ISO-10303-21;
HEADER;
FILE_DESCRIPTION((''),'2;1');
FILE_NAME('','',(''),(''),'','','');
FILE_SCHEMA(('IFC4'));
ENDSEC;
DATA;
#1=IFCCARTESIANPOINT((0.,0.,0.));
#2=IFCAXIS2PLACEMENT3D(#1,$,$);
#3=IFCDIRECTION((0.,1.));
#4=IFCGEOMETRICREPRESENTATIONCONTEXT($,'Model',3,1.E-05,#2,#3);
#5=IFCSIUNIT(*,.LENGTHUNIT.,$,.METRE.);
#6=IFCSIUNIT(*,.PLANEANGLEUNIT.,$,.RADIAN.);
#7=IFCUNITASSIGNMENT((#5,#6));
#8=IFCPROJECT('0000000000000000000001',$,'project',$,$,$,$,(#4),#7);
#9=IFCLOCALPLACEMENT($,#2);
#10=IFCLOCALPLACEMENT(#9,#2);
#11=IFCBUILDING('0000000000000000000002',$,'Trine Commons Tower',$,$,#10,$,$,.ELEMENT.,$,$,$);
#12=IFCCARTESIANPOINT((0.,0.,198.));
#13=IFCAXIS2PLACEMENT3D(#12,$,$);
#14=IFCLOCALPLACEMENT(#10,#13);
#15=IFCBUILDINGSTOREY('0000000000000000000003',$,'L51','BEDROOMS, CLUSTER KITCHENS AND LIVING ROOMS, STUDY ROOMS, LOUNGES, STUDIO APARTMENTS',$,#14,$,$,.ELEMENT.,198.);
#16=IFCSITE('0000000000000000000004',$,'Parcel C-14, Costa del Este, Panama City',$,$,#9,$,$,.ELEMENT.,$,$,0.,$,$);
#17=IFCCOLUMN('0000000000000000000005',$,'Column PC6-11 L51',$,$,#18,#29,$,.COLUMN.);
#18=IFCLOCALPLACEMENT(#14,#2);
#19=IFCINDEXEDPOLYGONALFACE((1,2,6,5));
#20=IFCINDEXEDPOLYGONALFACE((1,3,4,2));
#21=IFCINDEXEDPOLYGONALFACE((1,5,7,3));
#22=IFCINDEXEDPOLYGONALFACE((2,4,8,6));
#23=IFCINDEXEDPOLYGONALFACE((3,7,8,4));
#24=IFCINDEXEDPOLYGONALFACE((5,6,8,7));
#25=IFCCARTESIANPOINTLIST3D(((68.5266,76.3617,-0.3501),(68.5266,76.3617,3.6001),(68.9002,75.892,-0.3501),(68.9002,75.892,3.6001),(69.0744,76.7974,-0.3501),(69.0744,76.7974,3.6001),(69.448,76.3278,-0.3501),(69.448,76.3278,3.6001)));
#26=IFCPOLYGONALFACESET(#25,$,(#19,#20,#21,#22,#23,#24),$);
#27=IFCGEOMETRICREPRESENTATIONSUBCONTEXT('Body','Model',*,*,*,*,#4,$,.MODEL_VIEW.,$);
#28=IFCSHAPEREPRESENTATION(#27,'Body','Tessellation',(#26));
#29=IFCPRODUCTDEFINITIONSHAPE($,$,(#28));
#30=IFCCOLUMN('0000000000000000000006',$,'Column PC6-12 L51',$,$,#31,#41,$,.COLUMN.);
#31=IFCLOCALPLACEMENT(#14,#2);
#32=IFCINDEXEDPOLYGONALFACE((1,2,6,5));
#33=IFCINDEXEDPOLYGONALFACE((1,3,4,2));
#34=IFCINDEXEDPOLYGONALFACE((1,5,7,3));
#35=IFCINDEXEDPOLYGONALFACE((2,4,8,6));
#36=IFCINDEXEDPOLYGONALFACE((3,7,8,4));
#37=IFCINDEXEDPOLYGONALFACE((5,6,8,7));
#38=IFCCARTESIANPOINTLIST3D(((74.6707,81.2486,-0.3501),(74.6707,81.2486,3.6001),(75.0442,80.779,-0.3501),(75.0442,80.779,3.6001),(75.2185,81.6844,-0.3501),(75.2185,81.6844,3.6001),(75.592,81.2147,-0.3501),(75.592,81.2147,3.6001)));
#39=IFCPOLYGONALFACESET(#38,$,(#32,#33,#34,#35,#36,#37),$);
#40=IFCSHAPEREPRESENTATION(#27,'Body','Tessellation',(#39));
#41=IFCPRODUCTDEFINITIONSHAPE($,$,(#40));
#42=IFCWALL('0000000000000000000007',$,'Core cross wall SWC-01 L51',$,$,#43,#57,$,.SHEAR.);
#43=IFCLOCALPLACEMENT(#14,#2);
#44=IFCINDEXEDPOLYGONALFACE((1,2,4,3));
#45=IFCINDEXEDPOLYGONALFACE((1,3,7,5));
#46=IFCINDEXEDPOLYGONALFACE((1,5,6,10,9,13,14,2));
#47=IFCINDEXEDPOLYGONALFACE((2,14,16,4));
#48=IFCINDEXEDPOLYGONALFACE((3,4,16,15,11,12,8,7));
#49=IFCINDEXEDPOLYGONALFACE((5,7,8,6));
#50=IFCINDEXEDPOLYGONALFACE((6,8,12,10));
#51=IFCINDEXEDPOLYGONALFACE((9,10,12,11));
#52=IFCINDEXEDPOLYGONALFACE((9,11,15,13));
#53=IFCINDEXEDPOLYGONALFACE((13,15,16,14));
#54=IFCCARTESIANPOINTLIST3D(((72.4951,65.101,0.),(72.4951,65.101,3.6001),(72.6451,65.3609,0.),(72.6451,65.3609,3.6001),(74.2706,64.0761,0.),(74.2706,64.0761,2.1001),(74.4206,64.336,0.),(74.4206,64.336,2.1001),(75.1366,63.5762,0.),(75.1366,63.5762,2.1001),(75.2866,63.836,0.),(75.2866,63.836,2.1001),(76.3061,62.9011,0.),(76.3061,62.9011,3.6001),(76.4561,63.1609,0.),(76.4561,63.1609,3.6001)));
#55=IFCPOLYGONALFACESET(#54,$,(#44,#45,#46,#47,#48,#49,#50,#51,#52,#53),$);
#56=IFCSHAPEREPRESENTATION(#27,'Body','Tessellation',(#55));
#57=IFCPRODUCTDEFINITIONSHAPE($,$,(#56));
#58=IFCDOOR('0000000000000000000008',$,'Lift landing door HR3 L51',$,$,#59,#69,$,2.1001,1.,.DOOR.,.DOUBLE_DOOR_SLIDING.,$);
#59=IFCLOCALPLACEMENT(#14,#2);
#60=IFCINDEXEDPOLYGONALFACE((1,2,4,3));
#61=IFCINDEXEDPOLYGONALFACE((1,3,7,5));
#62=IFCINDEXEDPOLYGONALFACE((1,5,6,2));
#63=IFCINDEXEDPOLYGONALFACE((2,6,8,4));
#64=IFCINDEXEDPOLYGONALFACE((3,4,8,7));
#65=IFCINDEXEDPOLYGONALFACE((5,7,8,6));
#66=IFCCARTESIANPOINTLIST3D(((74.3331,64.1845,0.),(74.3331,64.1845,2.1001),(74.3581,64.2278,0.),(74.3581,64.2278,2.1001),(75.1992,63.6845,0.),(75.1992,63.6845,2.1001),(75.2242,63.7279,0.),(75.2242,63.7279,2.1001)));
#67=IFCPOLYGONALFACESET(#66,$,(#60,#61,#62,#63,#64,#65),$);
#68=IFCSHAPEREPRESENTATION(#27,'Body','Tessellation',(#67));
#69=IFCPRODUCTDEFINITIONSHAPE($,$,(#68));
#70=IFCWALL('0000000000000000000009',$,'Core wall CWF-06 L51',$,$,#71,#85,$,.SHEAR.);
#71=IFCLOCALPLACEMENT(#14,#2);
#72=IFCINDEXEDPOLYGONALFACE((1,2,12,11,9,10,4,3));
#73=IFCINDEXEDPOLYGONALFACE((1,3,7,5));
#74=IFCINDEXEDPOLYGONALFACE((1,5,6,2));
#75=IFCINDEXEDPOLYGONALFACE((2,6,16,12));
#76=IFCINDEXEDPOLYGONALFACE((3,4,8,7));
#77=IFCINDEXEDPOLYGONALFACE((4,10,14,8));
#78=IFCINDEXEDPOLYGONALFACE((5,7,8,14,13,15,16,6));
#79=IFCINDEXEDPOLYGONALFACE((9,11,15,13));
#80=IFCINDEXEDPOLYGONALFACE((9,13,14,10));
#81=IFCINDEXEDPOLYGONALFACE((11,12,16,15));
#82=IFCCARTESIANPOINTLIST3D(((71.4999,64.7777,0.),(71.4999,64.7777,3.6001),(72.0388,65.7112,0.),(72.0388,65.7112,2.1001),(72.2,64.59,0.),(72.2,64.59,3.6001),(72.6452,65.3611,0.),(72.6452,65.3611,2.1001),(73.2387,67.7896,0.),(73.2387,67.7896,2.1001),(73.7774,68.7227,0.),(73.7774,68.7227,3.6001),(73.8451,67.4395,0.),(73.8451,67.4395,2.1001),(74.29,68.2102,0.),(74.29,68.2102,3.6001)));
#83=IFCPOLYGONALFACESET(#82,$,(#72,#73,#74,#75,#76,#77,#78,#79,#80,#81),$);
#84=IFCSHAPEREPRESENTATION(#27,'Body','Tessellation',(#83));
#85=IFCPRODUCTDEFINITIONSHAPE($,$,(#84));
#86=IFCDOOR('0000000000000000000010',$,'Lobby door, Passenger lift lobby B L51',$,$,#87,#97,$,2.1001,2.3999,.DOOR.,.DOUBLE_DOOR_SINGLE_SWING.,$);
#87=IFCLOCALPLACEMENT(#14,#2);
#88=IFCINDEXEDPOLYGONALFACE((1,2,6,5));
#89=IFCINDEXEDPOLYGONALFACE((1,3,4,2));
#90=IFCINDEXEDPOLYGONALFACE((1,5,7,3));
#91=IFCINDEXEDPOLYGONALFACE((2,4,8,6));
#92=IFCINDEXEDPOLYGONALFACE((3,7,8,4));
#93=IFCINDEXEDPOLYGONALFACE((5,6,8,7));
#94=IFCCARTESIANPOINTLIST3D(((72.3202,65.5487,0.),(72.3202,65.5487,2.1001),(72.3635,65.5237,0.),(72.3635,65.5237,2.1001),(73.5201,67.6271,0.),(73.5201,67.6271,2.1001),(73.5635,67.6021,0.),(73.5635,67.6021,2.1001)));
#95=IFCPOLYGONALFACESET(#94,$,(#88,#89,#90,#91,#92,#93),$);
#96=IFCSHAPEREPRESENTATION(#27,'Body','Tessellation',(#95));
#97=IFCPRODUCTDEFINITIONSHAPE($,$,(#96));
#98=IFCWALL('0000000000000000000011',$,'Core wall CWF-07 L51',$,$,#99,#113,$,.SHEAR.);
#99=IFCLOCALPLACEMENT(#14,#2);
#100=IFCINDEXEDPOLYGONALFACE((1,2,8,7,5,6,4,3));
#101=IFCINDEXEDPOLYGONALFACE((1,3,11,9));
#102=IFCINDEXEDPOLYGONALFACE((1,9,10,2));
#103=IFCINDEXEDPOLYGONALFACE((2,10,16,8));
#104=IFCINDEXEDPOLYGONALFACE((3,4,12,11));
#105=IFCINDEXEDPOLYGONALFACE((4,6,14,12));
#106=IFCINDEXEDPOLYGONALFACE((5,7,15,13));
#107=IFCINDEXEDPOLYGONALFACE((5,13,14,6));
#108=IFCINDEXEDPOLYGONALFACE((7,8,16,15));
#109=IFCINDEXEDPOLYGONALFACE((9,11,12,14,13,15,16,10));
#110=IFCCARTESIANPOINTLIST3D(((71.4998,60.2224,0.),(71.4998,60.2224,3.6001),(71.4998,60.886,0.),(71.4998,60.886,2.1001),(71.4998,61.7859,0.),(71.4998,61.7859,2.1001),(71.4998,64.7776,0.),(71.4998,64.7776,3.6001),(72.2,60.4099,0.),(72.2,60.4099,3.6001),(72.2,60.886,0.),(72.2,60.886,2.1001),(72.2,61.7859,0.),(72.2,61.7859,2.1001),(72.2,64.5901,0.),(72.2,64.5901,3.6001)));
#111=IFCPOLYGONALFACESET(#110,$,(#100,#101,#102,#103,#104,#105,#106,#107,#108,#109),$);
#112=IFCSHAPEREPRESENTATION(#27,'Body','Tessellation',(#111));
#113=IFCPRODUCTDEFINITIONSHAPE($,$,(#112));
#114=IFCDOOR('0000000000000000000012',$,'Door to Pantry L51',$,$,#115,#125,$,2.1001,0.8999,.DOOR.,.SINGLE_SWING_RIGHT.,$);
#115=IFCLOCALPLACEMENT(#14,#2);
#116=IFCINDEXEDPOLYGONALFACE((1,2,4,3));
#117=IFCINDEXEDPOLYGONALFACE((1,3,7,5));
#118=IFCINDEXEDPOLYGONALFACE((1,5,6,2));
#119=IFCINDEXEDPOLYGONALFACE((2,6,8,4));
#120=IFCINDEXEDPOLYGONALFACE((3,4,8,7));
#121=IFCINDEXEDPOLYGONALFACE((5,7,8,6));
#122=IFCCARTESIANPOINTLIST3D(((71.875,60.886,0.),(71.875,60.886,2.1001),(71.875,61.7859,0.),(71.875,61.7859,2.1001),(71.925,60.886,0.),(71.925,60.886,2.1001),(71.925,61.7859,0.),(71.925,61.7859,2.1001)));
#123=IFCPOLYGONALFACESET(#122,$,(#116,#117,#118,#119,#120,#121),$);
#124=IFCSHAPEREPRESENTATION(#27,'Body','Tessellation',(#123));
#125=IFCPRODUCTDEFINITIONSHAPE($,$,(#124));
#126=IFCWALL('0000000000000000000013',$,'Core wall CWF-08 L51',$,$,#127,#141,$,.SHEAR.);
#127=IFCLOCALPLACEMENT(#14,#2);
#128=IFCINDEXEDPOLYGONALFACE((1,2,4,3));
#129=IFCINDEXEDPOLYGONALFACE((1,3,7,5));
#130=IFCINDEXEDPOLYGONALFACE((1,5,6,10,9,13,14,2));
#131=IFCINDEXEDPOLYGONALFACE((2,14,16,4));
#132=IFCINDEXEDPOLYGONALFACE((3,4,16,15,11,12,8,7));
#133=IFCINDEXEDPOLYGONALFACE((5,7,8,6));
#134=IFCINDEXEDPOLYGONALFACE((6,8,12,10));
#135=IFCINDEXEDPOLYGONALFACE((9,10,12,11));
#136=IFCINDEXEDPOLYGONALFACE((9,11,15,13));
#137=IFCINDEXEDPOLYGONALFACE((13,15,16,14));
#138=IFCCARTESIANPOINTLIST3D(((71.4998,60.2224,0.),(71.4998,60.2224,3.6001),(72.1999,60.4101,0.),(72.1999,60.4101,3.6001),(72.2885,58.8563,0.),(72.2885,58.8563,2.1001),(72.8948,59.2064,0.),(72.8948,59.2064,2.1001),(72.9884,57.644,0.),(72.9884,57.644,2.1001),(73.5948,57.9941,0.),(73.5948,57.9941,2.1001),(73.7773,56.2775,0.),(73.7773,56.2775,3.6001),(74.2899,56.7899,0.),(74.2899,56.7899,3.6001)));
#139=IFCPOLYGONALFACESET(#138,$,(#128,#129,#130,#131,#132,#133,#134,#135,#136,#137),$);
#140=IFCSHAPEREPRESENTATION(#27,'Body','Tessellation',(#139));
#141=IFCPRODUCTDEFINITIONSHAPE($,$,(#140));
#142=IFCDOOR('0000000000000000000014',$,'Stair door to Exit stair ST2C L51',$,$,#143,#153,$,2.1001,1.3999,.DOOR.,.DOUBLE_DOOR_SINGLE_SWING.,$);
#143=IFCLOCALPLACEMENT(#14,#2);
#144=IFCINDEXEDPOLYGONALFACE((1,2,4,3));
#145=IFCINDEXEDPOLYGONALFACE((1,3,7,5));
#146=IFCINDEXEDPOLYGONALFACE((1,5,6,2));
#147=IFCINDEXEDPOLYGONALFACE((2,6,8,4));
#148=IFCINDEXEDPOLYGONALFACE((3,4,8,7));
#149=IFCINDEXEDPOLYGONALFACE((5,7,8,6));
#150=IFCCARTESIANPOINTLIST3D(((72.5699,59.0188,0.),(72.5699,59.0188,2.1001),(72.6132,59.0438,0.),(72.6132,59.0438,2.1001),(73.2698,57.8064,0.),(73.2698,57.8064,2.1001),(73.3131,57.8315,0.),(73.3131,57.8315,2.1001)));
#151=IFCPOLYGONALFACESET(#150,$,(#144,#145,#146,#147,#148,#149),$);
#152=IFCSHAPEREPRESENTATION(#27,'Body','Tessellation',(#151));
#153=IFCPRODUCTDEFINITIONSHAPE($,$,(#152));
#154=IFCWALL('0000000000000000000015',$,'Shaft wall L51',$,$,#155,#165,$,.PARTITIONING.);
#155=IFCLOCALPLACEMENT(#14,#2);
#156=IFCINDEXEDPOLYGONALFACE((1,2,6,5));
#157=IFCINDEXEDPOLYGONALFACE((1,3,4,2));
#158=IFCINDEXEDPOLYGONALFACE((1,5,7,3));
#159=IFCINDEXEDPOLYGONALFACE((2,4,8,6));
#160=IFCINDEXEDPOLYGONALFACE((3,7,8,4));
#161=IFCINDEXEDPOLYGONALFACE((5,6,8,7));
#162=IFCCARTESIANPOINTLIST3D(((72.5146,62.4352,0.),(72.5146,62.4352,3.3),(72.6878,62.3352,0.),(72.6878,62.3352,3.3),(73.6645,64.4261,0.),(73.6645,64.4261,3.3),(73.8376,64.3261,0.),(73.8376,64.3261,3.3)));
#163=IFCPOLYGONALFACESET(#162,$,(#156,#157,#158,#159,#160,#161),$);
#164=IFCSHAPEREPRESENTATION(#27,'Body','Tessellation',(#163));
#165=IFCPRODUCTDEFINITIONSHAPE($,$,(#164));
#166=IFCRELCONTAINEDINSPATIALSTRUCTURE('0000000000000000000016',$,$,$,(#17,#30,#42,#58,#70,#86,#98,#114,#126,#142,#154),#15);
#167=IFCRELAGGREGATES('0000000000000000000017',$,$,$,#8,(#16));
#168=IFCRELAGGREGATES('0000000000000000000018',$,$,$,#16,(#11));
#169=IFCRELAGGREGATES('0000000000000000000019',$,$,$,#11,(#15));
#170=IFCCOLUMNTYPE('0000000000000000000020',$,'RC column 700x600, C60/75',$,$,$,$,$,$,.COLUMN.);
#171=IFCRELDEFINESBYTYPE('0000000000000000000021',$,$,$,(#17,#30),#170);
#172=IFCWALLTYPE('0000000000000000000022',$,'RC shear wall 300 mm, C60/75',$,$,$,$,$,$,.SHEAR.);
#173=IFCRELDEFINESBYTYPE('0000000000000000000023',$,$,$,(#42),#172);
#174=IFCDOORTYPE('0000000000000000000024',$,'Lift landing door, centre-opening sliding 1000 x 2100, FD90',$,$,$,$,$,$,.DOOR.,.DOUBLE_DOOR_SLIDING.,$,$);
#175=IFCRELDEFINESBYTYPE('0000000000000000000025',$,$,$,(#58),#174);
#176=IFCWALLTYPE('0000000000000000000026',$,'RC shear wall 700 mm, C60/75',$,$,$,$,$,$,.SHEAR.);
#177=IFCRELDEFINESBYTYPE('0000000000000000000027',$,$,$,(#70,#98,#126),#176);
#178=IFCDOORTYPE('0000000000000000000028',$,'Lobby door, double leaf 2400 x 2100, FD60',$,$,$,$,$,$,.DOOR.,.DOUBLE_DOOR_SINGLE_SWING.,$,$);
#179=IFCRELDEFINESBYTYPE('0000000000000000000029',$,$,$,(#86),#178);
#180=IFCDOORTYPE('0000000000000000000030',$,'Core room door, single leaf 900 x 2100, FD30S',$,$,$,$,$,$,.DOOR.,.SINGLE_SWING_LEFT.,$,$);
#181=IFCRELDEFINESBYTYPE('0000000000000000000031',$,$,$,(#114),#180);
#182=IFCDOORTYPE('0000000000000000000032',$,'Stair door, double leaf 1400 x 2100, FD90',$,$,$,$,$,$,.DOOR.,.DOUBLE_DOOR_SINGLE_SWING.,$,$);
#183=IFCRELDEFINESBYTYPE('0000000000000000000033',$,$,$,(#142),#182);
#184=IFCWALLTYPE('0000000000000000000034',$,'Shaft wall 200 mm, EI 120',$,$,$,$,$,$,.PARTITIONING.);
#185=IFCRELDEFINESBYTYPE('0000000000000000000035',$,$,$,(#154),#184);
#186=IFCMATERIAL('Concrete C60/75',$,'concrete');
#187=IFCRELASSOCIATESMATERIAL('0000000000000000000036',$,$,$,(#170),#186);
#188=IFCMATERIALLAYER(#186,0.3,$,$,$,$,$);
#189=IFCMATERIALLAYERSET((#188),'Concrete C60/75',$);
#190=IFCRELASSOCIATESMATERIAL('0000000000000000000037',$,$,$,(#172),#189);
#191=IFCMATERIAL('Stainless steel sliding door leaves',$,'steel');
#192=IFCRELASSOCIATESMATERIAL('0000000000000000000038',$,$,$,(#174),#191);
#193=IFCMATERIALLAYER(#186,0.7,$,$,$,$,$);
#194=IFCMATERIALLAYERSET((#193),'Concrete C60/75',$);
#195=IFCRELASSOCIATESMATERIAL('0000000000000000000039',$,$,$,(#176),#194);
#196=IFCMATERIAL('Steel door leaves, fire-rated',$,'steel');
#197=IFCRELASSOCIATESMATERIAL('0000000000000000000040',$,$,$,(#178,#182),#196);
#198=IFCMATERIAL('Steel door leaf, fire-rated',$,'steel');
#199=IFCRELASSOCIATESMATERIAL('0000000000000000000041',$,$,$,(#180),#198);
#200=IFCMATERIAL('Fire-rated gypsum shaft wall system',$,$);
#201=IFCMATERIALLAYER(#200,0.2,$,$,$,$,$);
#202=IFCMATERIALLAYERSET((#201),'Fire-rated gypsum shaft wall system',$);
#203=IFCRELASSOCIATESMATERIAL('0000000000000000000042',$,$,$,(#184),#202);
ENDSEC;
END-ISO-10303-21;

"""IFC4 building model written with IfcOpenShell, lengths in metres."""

from ifc_helpers import new_model, si_unit, direction, frame, frame_2d, origin, origin_2d, place, context, subcontext, project, spatial, polyline, rectangle, outline, extrude, material, layer, layer_set, material_profile, profile_set, type_object, element, fill, save


model = new_model("IFC4")

# Units and contexts
model_context = context("Model", 3, precision=1e-05, world=origin(), true_north=direction((0.0, 1.0)))
body_context = subcontext(model_context, "Body", "Model", "MODEL_VIEW")
ifc_project = project(units=[si_unit("LENGTHUNIT", "METRE"), si_unit("PLANEANGLEUNIT", "RADIAN")], contexts=[model_context])

# Site, building, storey
site_placement = place(None, origin())
site = spatial("IfcSite", under=ifc_project, at=site_placement, Name="Parcel C-14, Costa del Este, Panama City", CompositionType="ELEMENT", RefElevation=0.0)
building_placement = place(site_placement, origin())
building = spatial("IfcBuilding", under=site, at=building_placement, Name="Trine Commons Tower", CompositionType="ELEMENT")
storey_placement = place(building_placement, frame((0.0, 0.0, 198.0)))
storey = spatial("IfcBuildingStorey", under=building, at=storey_placement, Name="L51", Description="BEDROOMS, CLUSTER KITCHENS AND LIVING ROOMS, STUDY ROOMS, LOUNGES, STUDIO APARTMENTS", CompositionType="ELEMENT", Elevation=198.0)

# Columns
ifc_material_1 = material(Name="Concrete C60/75", Category="concrete")
ifc_material_profile = material_profile(ifc_material_1, rectangle(XDim=0.7, YDim=0.6001, at=origin_2d()), Name="RC 700x600")
ifc_profile_set = profile_set([ifc_material_profile], Name="Concrete C60/75")
column_type = type_object("IfcColumnType", Name="RC column 700x600, C60/75", PredefinedType="COLUMN", material=ifc_profile_set)
for number, where, z_axis, x_axis, name in (
    (1, (68.9873, 76.3447, -0.3501), (0.0, 0.0, 1.0), (0.782608, 0.622515, 0.0), "Column PC6-11 L51"),
    (2, (75.1313, 81.2317, -0.3501), (0.0, 0.0, 1.0), (0.782608, 0.622515, 0.0), "Column PC6-12 L51"),
):
    element("IfcColumn", number, at=place(storey_placement, frame(where, z_axis=z_axis, x_axis=x_axis)), inside=storey, type_object=column_type, Name=name, PredefinedType="COLUMN", context=body_context, shape_type="SweptSolid", body=[
        extrude(rectangle(XDim=0.7, YDim=0.6001, at=origin_2d()), origin(), (0.0, 0.0, 1.0), 3.9502),
    ])

# Walls, openings, doors
ifc_layer_1 = layer(ifc_material_1, 0.3)
ifc_layer_set_1 = layer_set([ifc_layer_1], Name="Concrete C60/75")
wall_type_1 = type_object("IfcWallType", Name="RC shear wall 300 mm, C60/75", PredefinedType="SHEAR", material=ifc_layer_set_1)
wall_1_placement = place(storey_placement, frame((76.3811, 63.031, 0.0), z_axis=(0.0, 0.0, 1.0), x_axis=(-0.86606, 0.49994, 0.0)))
wall_1 = element("IfcWall", 3, at=wall_1_placement, inside=storey, type_object=wall_type_1, Name="Core cross wall SWC-01 L51", PredefinedType="SHEAR", context=body_context, shape_type="SweptSolid", body=[
    extrude(rectangle(XDim=4.4004, YDim=0.3, at=frame_2d((2.2002, 0.0))), origin(), (0.0, 0.0, 1.0), 3.6001),
])
opening_1_placement = place(wall_1_placement, frame((1.3503, 0.0, 0.0)))
opening_1 = element("IfcOpeningElement", 4, at=opening_1_placement, cuts=wall_1, PredefinedType="OPENING", context=body_context, shape_type="SweptSolid", body=[
    extrude(rectangle(XDim=1.0, YDim=2.1001, at=frame_2d((0.5, 1.05))), frame((0.0, 0.1599, 0.0), z_axis=(0.0, -1.0, 0.0), x_axis=(1.0, 0.0, 0.0)), (0.0, 0.0, 1.0), 0.3201),
])
ifc_material_2 = material(Name="Stainless steel sliding door leaves", Category="steel")
door_type_1 = type_object("IfcDoorType", Name="Lift landing door, centre-opening sliding 1000 x 2100, FD90", OperationType="DOUBLE_DOOR_SLIDING", PredefinedType="DOOR", material=ifc_material_2)
door_1_placement = place(opening_1_placement, origin())
door_1 = element("IfcDoor", 5, at=door_1_placement, inside=storey, type_object=door_type_1, Name="Lift landing door HR3 L51", OperationType="DOUBLE_DOOR_SLIDING", OverallHeight=2.1001, OverallWidth=1.0, PredefinedType="DOOR", context=body_context, shape_type="SweptSolid", body=[
    extrude(rectangle(XDim=1.0, YDim=2.1001, at=frame_2d((0.5, 1.05))), frame((0.0, 0.0249, 0.0), z_axis=(0.0, -1.0, 0.0), x_axis=(1.0, 0.0, 0.0)), (0.0, 0.0, 1.0), 0.05),
])
fill(opening_1, door_1)
ifc_layer_2 = layer(ifc_material_1, 0.7)
ifc_layer_set_2 = layer_set([ifc_layer_2], Name="Concrete C60/75")
wall_type_2 = type_object("IfcWallType", Name="RC shear wall 700 mm, C60/75", PredefinedType="SHEAR", material=ifc_layer_set_2)
wall_2_placement = place(storey_placement, frame((74.0806, 68.5476, 0.0), z_axis=(0.0, 0.0, 1.0), x_axis=(-0.499984, -0.866035, 0.0)))
wall_2 = element("IfcWall", 6, at=wall_2_placement, inside=storey, type_object=wall_type_2, Name="Core wall CWF-06 L51", PredefinedType="SHEAR", context=body_context, shape_type="SweptSolid", body=[
    extrude(outline(polyline([(0.0, -0.3501), (4.5552, -0.3501), (4.3677, 0.3501), (0.1875, 0.3501), (0.0, -0.3501)])), origin(), (0.0, 0.0, 1.0), 3.6001),
])
opening_2_placement = place(wall_2_placement, frame((1.0774, 0.0, 0.0)))
opening_2 = element("IfcOpeningElement", 7, at=opening_2_placement, cuts=wall_2, PredefinedType="OPENING", context=body_context, shape_type="SweptSolid", body=[
    extrude(rectangle(XDim=2.3999, YDim=2.1001, at=frame_2d((1.2, 1.05))), frame((0.0, 0.3599, 0.0), z_axis=(0.0, -1.0, 0.0), x_axis=(1.0, 0.0, 0.0)), (0.0, 0.0, 1.0), 0.72),
])
ifc_material_3 = material(Name="Steel door leaves, fire-rated", Category="steel")
door_type_2 = type_object("IfcDoorType", Name="Lobby door, double leaf 2400 x 2100, FD60", OperationType="DOUBLE_DOOR_SINGLE_SWING", PredefinedType="DOOR", material=ifc_material_3)
door_2_placement = place(opening_2_placement, origin())
door_2 = element("IfcDoor", 8, at=door_2_placement, inside=storey, type_object=door_type_2, Name="Lobby door, Passenger lift lobby B L51", OperationType="DOUBLE_DOOR_SINGLE_SWING", OverallHeight=2.1001, OverallWidth=2.3999, PredefinedType="DOOR", context=body_context, shape_type="SweptSolid", body=[
    extrude(rectangle(XDim=2.3999, YDim=2.1001, at=frame_2d((1.2, 1.05))), frame((0.0, 0.0249, 0.0), z_axis=(0.0, -1.0, 0.0), x_axis=(1.0, 0.0, 0.0)), (0.0, 0.0, 1.0), 0.05),
])
fill(opening_2, door_2)
wall_3_placement = place(storey_placement, frame((71.8499, 64.7776, 0.0), z_axis=(0.0, 0.0, 1.0), x_axis=(0.0, -1.0, 0.0)))
wall_3 = element("IfcWall", 9, at=wall_3_placement, inside=storey, type_object=wall_type_2, Name="Core wall CWF-07 L51", PredefinedType="SHEAR", context=body_context, shape_type="SweptSolid", body=[
    extrude(outline(polyline([(0.0, -0.3501), (4.5552, -0.3501), (4.3677, 0.3501), (0.1875, 0.3501), (0.0, -0.3501)])), origin(), (0.0, 0.0, 1.0), 3.6001),
])
opening_3_placement = place(wall_3_placement, frame((2.9917, 0.0, 0.0)))
opening_3 = element("IfcOpeningElement", 10, at=opening_3_placement, cuts=wall_3, PredefinedType="OPENING", context=body_context, shape_type="SweptSolid", body=[
    extrude(rectangle(XDim=0.8999, YDim=2.1001, at=frame_2d((0.45, 1.05))), frame((0.0, 0.3599, 0.0), z_axis=(0.0, -1.0, 0.0), x_axis=(1.0, 0.0, 0.0)), (0.0, 0.0, 1.0), 0.72),
])
ifc_material_4 = material(Name="Steel door leaf, fire-rated", Category="steel")
door_type_3 = type_object("IfcDoorType", Name="Core room door, single leaf 900 x 2100, FD30S", OperationType="SINGLE_SWING_LEFT", PredefinedType="DOOR", material=ifc_material_4)
door_3_placement = place(opening_3_placement, origin())
door_3 = element("IfcDoor", 11, at=door_3_placement, inside=storey, type_object=door_type_3, Name="Door to Pantry L51", OperationType="SINGLE_SWING_RIGHT", OverallHeight=2.1001, OverallWidth=0.8999, PredefinedType="DOOR", context=body_context, shape_type="SweptSolid", body=[
    extrude(rectangle(XDim=0.8999, YDim=2.1001, at=frame_2d((0.45, 1.05))), frame((0.0, 0.0752, 0.0), z_axis=(0.0, -1.0, 0.0), x_axis=(1.0, 0.0, 0.0)), (0.0, 0.0, 1.0), 0.05),
])
fill(opening_3, door_3)
wall_4_placement = place(storey_placement, frame((71.803, 60.3975, 0.0), z_axis=(0.0, 0.0, 1.0), x_axis=(0.499984, -0.866035, 0.0)))
wall_4 = element("IfcWall", 12, at=wall_4_placement, inside=storey, type_object=wall_type_2, Name="Core wall CWF-08 L51", PredefinedType="SHEAR", context=body_context, shape_type="SweptSolid", body=[
    extrude(outline(polyline([(0.0, -0.3501), (4.5552, -0.3501), (4.3677, 0.3501), (0.1875, 0.3501), (0.0, -0.3501)])), origin(), (0.0, 0.0, 1.0), 3.6001),
])
opening_4_placement = place(wall_4_placement, frame((1.5774, 0.0, 0.0)))
opening_4 = element("IfcOpeningElement", 13, at=opening_4_placement, cuts=wall_4, PredefinedType="OPENING", context=body_context, shape_type="SweptSolid", body=[
    extrude(rectangle(XDim=1.3999, YDim=2.1001, at=frame_2d((0.7, 1.05))), frame((0.0, 0.3599, 0.0), z_axis=(0.0, -1.0, 0.0), x_axis=(1.0, 0.0, 0.0)), (0.0, 0.0, 1.0), 0.72),
])
door_type_4 = type_object("IfcDoorType", Name="Stair door, double leaf 1400 x 2100, FD90", OperationType="DOUBLE_DOOR_SINGLE_SWING", PredefinedType="DOOR", material=ifc_material_3)
door_4_placement = place(opening_4_placement, origin())
door_4 = element("IfcDoor", 14, at=door_4_placement, inside=storey, type_object=door_type_4, Name="Stair door to Exit stair ST2C L51", OperationType="DOUBLE_DOOR_SINGLE_SWING", OverallHeight=2.1001, OverallWidth=1.3999, PredefinedType="DOOR", context=body_context, shape_type="SweptSolid", body=[
    extrude(rectangle(XDim=1.3999, YDim=2.1001, at=frame_2d((0.7, 1.05))), frame((0.0, 0.0249, 0.0), z_axis=(0.0, -1.0, 0.0), x_axis=(1.0, 0.0, 0.0)), (0.0, 0.0, 1.0), 0.05),
])
fill(opening_4, door_4)

# Wall
ifc_material_5 = material(Name="Fire-rated gypsum shaft wall system")
ifc_layer_3 = layer(ifc_material_5, 0.2)
ifc_layer_set_3 = layer_set([ifc_layer_3], Name="Fire-rated gypsum shaft wall system")
wall_type_3 = type_object("IfcWallType", Name="Shaft wall 200 mm, EI 120", PredefinedType="PARTITIONING", material=ifc_layer_set_3)
wall_5_placement = place(storey_placement, frame((73.751, 64.376, 0.0), z_axis=(0.0, 0.0, 1.0), x_axis=(-0.500136, -0.865947, 0.0)))
element("IfcWall", 15, at=wall_5_placement, inside=storey, type_object=wall_type_3, Name="Shaft wall L51", PredefinedType="PARTITIONING", context=body_context, shape_type="SweptSolid", body=[
    extrude(rectangle(XDim=2.2991, YDim=0.2, at=frame_2d((1.1494, 0.0))), origin(), (0.0, 0.0, 1.0), 3.3),
])

save(model, "model.ifc")
